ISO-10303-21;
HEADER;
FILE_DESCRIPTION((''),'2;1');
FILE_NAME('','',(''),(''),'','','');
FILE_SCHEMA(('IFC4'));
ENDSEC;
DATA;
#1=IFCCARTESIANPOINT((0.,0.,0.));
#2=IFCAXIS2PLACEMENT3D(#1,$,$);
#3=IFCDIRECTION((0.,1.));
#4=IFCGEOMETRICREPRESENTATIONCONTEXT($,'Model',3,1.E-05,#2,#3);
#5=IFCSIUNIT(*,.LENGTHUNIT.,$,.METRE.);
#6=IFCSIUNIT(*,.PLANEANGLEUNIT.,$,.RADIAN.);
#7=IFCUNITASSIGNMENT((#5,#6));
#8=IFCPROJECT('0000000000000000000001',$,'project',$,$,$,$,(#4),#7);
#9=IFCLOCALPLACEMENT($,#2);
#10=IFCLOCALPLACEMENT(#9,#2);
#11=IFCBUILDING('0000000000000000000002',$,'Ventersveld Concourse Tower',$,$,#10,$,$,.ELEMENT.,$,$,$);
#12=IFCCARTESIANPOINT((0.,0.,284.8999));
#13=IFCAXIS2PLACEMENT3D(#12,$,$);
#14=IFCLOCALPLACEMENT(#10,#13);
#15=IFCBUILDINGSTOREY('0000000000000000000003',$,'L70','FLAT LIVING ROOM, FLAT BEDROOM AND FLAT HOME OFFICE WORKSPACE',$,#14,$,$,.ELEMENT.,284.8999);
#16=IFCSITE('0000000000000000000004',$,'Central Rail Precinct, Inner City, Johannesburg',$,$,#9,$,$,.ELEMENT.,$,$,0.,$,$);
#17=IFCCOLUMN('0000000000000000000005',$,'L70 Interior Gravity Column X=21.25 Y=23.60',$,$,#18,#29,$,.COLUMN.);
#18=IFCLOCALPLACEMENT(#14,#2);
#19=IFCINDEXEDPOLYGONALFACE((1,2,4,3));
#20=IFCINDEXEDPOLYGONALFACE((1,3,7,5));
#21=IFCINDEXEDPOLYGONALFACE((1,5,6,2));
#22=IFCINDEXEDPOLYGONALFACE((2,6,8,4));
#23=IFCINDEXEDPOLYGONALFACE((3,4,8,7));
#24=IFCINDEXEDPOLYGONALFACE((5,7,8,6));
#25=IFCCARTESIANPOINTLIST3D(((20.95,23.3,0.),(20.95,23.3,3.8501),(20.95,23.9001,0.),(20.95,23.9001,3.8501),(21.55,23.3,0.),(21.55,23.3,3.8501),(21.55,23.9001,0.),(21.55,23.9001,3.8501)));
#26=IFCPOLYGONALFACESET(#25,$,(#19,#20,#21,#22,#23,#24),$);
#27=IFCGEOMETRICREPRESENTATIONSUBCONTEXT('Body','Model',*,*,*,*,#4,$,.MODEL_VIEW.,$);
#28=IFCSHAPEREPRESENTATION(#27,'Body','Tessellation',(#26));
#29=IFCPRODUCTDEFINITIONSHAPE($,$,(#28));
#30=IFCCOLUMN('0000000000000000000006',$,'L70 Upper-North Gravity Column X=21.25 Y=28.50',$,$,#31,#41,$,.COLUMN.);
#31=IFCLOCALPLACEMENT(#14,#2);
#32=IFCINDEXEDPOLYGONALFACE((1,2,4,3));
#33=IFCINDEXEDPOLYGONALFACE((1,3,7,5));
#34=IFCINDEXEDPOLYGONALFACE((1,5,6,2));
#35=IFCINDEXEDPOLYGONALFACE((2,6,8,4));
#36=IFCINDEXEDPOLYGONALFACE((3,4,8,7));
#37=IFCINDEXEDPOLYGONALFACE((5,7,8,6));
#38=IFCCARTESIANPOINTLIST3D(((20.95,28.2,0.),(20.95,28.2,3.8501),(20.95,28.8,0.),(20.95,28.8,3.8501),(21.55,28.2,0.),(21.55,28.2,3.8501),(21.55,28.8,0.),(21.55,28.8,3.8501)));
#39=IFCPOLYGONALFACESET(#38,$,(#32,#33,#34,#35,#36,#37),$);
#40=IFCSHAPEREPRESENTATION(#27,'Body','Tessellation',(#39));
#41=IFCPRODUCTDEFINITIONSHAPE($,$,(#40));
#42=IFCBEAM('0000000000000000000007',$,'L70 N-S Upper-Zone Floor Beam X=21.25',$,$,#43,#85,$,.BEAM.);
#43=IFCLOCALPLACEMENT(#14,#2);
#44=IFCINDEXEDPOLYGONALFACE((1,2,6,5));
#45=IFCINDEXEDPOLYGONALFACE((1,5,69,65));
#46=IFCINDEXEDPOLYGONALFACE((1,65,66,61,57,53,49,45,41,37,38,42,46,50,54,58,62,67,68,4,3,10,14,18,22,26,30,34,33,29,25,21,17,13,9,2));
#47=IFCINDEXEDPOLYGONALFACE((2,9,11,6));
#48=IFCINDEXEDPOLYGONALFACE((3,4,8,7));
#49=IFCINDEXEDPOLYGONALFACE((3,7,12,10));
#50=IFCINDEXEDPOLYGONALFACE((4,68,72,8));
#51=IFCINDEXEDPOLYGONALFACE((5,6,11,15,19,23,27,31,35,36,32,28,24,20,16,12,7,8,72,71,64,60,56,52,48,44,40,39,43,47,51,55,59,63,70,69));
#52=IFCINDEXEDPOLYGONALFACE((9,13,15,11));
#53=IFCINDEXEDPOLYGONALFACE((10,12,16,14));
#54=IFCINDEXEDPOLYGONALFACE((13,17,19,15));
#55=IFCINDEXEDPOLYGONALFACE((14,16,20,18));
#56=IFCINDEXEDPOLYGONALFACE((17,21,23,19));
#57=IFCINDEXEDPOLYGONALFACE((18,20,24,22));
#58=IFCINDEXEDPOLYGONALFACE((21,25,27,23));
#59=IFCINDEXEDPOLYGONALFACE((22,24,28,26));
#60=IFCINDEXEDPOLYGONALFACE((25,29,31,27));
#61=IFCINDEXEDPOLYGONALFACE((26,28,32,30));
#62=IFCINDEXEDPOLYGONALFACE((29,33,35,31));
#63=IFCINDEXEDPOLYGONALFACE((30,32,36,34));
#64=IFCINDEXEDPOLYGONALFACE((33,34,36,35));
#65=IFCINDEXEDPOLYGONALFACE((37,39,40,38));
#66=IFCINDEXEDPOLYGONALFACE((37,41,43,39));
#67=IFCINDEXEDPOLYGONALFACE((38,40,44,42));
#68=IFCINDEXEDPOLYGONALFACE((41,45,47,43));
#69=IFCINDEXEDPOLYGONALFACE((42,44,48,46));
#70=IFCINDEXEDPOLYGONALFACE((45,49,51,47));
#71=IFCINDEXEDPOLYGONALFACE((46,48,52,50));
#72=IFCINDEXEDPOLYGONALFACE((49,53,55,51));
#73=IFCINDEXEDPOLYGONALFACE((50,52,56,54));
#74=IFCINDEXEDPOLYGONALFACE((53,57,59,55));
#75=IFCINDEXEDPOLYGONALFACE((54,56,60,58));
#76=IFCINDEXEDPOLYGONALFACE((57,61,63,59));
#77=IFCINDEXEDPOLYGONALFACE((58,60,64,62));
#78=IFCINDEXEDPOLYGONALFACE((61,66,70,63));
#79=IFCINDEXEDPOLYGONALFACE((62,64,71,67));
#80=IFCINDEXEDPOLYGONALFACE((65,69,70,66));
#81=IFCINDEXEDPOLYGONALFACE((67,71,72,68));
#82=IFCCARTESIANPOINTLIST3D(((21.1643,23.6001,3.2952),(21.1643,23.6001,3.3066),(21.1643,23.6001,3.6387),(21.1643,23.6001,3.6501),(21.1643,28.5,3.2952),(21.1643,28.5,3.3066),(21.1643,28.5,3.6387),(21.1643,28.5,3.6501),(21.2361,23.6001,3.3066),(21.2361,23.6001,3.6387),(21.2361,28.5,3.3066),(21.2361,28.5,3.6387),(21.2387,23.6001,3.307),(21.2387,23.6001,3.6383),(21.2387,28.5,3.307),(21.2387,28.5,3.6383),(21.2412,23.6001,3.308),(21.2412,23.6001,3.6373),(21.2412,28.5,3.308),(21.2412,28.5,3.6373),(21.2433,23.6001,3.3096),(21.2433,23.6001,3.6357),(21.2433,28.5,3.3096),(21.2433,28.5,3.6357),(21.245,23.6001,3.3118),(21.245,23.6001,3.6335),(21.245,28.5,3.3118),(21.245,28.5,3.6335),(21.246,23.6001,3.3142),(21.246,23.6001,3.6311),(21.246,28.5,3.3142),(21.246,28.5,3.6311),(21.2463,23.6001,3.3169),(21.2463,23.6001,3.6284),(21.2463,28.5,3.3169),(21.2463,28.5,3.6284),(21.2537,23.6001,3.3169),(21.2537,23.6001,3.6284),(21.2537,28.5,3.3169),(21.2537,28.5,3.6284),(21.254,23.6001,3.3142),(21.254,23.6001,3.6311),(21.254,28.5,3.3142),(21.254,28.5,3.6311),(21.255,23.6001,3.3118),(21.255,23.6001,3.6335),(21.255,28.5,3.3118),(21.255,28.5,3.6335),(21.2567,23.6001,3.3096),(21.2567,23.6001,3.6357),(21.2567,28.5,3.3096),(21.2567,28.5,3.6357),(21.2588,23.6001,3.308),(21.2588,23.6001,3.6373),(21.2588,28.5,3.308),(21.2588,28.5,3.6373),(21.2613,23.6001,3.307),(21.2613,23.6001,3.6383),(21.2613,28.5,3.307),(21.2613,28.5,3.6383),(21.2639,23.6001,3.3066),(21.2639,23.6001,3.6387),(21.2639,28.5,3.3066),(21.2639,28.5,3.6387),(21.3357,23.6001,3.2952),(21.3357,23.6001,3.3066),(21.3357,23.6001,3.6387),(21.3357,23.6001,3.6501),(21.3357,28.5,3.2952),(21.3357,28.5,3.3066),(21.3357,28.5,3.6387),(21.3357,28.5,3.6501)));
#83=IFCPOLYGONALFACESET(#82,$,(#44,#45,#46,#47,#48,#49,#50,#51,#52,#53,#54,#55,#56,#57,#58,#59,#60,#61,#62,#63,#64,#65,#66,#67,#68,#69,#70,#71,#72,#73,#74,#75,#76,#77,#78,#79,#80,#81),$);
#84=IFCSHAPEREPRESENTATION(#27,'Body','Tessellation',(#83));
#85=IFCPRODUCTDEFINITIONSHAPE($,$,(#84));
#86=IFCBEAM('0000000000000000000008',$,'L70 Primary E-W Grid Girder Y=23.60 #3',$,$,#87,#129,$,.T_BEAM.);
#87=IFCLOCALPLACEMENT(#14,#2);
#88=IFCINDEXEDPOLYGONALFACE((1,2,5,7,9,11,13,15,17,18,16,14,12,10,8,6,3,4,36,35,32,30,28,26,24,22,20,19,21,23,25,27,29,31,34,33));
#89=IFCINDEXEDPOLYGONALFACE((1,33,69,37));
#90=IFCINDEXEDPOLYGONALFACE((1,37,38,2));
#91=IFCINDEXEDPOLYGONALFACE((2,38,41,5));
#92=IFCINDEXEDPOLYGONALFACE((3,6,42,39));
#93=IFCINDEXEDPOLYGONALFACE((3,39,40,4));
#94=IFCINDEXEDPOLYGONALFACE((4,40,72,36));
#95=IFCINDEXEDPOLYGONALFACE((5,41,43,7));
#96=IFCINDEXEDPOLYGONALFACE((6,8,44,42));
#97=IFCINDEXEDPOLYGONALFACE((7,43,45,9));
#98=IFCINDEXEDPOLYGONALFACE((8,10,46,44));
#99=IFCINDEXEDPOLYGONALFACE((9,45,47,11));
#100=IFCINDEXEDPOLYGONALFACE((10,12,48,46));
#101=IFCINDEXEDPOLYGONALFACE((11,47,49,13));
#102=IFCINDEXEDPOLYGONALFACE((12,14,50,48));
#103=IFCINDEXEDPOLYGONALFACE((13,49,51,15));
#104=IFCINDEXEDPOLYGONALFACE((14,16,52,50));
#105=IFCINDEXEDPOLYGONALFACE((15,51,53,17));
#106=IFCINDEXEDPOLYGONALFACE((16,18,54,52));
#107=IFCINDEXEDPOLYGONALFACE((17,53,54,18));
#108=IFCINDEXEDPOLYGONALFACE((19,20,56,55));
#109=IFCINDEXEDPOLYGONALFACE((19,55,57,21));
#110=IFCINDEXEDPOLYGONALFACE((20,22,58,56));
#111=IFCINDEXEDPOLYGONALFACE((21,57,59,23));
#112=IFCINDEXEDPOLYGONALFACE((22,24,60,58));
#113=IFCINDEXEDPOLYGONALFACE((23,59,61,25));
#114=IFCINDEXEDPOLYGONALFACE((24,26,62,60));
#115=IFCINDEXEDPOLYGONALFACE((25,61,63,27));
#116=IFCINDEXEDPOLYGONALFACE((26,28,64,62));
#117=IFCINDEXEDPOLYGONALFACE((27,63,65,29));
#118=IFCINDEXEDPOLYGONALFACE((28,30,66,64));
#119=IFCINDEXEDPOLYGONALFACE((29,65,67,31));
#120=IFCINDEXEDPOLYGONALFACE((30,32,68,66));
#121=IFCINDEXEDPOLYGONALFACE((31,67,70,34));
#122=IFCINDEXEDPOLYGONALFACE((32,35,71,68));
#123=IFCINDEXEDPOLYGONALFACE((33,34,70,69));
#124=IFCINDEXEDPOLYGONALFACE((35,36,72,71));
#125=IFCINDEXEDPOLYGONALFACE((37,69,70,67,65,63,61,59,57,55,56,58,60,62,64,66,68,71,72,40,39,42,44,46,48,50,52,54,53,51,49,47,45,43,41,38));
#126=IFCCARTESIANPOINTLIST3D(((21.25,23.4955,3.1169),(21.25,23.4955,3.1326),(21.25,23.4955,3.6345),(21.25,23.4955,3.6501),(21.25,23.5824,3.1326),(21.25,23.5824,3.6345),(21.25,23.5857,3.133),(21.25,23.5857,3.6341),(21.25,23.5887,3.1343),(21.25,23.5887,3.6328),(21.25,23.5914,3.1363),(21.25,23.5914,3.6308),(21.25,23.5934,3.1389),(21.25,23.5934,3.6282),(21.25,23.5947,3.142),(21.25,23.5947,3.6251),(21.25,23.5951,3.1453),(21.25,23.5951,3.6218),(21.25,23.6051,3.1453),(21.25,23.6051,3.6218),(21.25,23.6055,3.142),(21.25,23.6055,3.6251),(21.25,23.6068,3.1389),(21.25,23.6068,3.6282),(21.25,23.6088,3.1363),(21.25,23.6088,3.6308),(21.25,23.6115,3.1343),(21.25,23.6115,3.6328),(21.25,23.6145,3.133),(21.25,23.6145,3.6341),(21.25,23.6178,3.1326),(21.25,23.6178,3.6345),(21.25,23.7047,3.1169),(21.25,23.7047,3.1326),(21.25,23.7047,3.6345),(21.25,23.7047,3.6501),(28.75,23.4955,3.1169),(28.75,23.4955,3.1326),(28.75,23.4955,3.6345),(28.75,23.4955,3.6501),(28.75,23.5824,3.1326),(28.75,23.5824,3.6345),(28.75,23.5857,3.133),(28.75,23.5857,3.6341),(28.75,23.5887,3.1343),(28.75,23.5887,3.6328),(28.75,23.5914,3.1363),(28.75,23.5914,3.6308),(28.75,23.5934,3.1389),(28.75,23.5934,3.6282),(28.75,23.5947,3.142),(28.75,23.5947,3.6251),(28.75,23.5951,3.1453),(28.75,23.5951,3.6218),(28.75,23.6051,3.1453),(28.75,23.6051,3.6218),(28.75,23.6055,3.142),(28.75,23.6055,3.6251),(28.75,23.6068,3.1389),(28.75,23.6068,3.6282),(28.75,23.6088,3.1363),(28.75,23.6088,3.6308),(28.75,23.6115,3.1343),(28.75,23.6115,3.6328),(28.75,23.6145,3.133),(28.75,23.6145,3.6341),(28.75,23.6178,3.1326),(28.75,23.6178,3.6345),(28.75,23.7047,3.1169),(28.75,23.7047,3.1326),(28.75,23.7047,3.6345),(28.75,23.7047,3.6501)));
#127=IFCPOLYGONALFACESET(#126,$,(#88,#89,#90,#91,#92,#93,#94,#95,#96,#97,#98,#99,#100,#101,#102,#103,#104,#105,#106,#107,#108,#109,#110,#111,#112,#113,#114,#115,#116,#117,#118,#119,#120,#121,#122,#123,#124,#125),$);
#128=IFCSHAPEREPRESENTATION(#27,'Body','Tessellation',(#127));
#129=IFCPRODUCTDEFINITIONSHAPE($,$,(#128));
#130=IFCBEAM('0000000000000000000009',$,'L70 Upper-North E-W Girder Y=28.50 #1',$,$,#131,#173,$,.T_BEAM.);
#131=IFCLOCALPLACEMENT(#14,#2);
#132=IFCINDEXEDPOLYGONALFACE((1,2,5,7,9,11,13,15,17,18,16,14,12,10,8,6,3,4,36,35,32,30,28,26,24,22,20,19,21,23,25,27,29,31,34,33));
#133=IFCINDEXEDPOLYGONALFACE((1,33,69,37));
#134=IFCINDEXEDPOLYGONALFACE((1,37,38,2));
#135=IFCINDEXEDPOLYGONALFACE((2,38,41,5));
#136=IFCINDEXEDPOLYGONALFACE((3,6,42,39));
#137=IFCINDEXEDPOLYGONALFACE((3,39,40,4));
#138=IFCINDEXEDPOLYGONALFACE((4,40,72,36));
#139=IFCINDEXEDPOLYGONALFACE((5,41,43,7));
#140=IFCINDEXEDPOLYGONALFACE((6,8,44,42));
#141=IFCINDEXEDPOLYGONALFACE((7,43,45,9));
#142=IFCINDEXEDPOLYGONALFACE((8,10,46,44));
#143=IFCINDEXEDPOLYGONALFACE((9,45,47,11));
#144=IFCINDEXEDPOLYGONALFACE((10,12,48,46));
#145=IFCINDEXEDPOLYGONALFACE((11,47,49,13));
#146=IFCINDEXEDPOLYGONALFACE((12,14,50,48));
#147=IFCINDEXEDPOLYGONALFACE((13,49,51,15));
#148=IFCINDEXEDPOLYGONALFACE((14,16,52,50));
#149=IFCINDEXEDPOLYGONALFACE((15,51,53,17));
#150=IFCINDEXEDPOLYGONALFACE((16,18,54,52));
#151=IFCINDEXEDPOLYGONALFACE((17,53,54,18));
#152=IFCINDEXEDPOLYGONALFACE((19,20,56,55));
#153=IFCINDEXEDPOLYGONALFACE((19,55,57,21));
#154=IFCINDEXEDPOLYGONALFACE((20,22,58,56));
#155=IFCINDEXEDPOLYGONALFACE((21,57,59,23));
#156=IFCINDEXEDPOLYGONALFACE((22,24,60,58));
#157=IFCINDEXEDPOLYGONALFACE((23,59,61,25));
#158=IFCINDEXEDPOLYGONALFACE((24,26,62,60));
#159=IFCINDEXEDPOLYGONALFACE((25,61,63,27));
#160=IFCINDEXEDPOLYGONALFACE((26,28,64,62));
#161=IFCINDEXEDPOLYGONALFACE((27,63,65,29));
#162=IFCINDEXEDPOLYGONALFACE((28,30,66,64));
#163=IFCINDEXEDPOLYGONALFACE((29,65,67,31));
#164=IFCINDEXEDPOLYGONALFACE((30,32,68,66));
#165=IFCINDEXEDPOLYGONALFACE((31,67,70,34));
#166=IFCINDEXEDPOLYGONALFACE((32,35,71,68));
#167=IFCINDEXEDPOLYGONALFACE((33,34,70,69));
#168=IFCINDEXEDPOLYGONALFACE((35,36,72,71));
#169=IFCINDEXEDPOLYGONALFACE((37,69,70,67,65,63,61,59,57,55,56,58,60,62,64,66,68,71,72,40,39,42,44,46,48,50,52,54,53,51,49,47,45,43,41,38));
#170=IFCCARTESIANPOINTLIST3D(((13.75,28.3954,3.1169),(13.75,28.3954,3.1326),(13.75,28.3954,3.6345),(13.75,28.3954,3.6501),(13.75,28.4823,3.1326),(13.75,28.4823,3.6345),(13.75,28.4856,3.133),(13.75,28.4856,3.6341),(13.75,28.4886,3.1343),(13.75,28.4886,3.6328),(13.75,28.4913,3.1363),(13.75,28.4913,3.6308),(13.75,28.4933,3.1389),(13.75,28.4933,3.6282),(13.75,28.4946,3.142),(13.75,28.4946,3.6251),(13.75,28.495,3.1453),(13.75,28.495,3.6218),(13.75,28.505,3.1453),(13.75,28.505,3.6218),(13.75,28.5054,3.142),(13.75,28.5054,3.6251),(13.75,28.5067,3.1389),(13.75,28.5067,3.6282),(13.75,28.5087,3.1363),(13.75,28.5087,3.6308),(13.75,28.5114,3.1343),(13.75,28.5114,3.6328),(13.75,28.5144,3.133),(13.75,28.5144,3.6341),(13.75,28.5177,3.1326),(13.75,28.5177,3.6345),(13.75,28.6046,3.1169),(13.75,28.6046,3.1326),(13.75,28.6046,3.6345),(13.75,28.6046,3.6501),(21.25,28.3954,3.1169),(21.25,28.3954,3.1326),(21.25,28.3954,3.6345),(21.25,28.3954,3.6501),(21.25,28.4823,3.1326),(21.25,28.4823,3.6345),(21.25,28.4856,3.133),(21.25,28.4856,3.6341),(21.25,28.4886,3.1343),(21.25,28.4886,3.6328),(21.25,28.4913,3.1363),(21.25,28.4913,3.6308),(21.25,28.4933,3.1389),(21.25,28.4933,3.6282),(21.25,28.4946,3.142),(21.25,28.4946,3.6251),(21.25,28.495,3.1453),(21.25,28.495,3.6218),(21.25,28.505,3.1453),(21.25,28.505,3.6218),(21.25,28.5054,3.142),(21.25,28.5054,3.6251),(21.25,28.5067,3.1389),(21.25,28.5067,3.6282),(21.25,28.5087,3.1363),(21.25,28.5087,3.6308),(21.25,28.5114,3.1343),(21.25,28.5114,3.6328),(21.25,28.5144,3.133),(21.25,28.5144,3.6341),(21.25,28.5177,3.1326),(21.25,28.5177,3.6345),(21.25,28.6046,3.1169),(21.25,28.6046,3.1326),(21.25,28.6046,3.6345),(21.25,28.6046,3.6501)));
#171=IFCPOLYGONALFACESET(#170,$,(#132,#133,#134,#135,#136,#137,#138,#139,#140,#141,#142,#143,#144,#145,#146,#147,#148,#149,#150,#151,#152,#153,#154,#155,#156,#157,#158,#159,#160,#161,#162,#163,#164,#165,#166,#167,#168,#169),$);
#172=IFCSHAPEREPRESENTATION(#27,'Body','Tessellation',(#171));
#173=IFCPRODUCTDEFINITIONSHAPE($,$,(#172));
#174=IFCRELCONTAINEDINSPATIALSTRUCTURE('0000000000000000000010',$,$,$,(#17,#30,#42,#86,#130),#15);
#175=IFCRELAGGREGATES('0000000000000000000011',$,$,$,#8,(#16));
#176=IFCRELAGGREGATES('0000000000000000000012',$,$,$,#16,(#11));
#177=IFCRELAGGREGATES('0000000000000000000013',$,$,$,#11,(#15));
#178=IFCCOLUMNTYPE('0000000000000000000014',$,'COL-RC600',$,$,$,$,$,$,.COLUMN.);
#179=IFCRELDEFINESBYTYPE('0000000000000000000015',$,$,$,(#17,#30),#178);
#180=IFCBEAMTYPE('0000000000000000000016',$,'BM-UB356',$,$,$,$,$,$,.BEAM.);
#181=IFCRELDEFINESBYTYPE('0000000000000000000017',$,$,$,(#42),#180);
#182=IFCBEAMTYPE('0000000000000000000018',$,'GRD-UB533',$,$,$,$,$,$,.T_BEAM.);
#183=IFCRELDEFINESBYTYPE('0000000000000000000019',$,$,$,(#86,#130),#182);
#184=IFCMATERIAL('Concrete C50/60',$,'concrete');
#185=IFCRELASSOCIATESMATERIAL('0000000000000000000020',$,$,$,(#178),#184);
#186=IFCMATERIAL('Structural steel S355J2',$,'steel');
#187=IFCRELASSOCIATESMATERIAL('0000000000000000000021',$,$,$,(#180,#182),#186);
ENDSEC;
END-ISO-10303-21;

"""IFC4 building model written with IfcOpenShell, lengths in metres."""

from ifc_helpers import new_model, si_unit, direction, frame, origin, origin_2d, place, context, subcontext, project, spatial, rectangle, i_section, extrude, material, material_profile, profile_set, type_object, element, save


model = new_model("IFC4")

# Units and contexts
model_context = context("Model", 3, precision=1e-05, world=origin(), true_north=direction((0.0, 1.0)))
body_context = subcontext(model_context, "Body", "Model", "MODEL_VIEW")
ifc_project = project(units=[si_unit("LENGTHUNIT", "METRE"), si_unit("PLANEANGLEUNIT", "RADIAN")], contexts=[model_context])

# Site, building, storey
site_placement = place(None, origin())
site = spatial("IfcSite", under=ifc_project, at=site_placement, Name="Central Rail Precinct, Inner City, Johannesburg", CompositionType="ELEMENT", RefElevation=0.0)
building_placement = place(site_placement, origin())
building = spatial("IfcBuilding", under=site, at=building_placement, Name="Ventersveld Concourse Tower", CompositionType="ELEMENT")
storey_placement = place(building_placement, frame((0.0, 0.0, 284.8999)))
storey = spatial("IfcBuildingStorey", under=building, at=storey_placement, Name="L70", Description="FLAT LIVING ROOM, FLAT BEDROOM AND FLAT HOME OFFICE WORKSPACE", CompositionType="ELEMENT", Elevation=284.8999)

# Columns
ifc_material_1 = material(Name="Concrete C50/60", Category="concrete")
ifc_material_profile_1 = material_profile(ifc_material_1, rectangle(XDim=0.6001, YDim=0.6001, at=origin_2d()), Name="RC 600x600")
ifc_profile_set_1 = profile_set([ifc_material_profile_1], Name="Concrete C50/60")
column_type = type_object("IfcColumnType", Name="COL-RC600", PredefinedType="COLUMN", material=ifc_profile_set_1)
for number, where, z_axis, x_axis, name in (
    (1, (21.25, 23.6001, 0.0), (0.0, 0.0, 1.0), (1.0, 0.0, 0.0), "L70 Interior Gravity Column X=21.25 Y=23.60"),
    (2, (21.25, 28.5, 0.0), (0.0, 0.0, 1.0), (1.0, 0.0, 0.0), "L70 Upper-North Gravity Column X=21.25 Y=28.50"),
):
    element("IfcColumn", number, at=place(storey_placement, frame(where, z_axis=z_axis, x_axis=x_axis)), inside=storey, type_object=column_type, Name=name, PredefinedType="COLUMN", context=body_context, shape_type="SweptSolid", body=[
        extrude(rectangle(XDim=0.6001, YDim=0.6001, at=origin_2d()), origin(), (0.0, 0.0, 1.0), 3.8501),
    ])

# Beams
ifc_material_2 = material(Name="Structural steel S355J2", Category="steel")
ifc_material_profile_2 = material_profile(ifc_material_2, i_section(OverallWidth=0.1714, OverallDepth=0.355, WebThickness=0.0073, FlangeThickness=0.0115, FilletRadius=0.0103, at=origin_2d()), Name="UB 356x171x51")
ifc_profile_set_2 = profile_set([ifc_material_profile_2], Name="Structural steel S355J2")
beam_type_1 = type_object("IfcBeamType", Name="BM-UB356", PredefinedType="BEAM", material=ifc_profile_set_2)
beam_placement = place(storey_placement, frame((21.25, 23.6001, 3.4727), z_axis=(0.0, 1.0, 0.0), x_axis=(-1.0, 0.0, 0.0)))
element("IfcBeam", 3, at=beam_placement, inside=storey, type_object=beam_type_1, Name="L70 N-S Upper-Zone Floor Beam X=21.25", PredefinedType="BEAM", context=body_context, shape_type="SweptSolid", body=[
    extrude(i_section(OverallWidth=0.1714, OverallDepth=0.355, WebThickness=0.0073, FlangeThickness=0.0115, FilletRadius=0.0103, at=origin_2d()), origin(), (0.0, 0.0, 1.0), 4.8999),
])
ifc_material_profile_3 = material_profile(ifc_material_2, i_section(OverallWidth=0.2092, OverallDepth=0.5332, WebThickness=0.01, FlangeThickness=0.0156, FilletRadius=0.0127, at=origin_2d()), Name="UB 533x210x92")
ifc_profile_set_3 = profile_set([ifc_material_profile_3], Name="Structural steel S355J2")
beam_type_2 = type_object("IfcBeamType", Name="GRD-UB533", PredefinedType="T_BEAM", material=ifc_profile_set_3)
for number, where, z_axis, x_axis, name in (
    (4, (21.25, 23.6001, 3.3835), (1.0, 0.0, 0.0), (0.0, 1.0, 0.0), "L70 Primary E-W Grid Girder Y=23.60 #3"),
    (5, (13.75, 28.5, 3.3835), (1.0, 0.0, 0.0), (0.0, 1.0, 0.0), "L70 Upper-North E-W Girder Y=28.50 #1"),
):
    element("IfcBeam", number, at=place(storey_placement, frame(where, z_axis=z_axis, x_axis=x_axis)), inside=storey, type_object=beam_type_2, Name=name, PredefinedType="T_BEAM", context=body_context, shape_type="SweptSolid", body=[
        extrude(i_section(OverallWidth=0.2092, OverallDepth=0.5332, WebThickness=0.01, FlangeThickness=0.0156, FilletRadius=0.0127, at=origin_2d()), origin(), (0.0, 0.0, 1.0), 7.5),
    ])

save(model, "model.ifc")
